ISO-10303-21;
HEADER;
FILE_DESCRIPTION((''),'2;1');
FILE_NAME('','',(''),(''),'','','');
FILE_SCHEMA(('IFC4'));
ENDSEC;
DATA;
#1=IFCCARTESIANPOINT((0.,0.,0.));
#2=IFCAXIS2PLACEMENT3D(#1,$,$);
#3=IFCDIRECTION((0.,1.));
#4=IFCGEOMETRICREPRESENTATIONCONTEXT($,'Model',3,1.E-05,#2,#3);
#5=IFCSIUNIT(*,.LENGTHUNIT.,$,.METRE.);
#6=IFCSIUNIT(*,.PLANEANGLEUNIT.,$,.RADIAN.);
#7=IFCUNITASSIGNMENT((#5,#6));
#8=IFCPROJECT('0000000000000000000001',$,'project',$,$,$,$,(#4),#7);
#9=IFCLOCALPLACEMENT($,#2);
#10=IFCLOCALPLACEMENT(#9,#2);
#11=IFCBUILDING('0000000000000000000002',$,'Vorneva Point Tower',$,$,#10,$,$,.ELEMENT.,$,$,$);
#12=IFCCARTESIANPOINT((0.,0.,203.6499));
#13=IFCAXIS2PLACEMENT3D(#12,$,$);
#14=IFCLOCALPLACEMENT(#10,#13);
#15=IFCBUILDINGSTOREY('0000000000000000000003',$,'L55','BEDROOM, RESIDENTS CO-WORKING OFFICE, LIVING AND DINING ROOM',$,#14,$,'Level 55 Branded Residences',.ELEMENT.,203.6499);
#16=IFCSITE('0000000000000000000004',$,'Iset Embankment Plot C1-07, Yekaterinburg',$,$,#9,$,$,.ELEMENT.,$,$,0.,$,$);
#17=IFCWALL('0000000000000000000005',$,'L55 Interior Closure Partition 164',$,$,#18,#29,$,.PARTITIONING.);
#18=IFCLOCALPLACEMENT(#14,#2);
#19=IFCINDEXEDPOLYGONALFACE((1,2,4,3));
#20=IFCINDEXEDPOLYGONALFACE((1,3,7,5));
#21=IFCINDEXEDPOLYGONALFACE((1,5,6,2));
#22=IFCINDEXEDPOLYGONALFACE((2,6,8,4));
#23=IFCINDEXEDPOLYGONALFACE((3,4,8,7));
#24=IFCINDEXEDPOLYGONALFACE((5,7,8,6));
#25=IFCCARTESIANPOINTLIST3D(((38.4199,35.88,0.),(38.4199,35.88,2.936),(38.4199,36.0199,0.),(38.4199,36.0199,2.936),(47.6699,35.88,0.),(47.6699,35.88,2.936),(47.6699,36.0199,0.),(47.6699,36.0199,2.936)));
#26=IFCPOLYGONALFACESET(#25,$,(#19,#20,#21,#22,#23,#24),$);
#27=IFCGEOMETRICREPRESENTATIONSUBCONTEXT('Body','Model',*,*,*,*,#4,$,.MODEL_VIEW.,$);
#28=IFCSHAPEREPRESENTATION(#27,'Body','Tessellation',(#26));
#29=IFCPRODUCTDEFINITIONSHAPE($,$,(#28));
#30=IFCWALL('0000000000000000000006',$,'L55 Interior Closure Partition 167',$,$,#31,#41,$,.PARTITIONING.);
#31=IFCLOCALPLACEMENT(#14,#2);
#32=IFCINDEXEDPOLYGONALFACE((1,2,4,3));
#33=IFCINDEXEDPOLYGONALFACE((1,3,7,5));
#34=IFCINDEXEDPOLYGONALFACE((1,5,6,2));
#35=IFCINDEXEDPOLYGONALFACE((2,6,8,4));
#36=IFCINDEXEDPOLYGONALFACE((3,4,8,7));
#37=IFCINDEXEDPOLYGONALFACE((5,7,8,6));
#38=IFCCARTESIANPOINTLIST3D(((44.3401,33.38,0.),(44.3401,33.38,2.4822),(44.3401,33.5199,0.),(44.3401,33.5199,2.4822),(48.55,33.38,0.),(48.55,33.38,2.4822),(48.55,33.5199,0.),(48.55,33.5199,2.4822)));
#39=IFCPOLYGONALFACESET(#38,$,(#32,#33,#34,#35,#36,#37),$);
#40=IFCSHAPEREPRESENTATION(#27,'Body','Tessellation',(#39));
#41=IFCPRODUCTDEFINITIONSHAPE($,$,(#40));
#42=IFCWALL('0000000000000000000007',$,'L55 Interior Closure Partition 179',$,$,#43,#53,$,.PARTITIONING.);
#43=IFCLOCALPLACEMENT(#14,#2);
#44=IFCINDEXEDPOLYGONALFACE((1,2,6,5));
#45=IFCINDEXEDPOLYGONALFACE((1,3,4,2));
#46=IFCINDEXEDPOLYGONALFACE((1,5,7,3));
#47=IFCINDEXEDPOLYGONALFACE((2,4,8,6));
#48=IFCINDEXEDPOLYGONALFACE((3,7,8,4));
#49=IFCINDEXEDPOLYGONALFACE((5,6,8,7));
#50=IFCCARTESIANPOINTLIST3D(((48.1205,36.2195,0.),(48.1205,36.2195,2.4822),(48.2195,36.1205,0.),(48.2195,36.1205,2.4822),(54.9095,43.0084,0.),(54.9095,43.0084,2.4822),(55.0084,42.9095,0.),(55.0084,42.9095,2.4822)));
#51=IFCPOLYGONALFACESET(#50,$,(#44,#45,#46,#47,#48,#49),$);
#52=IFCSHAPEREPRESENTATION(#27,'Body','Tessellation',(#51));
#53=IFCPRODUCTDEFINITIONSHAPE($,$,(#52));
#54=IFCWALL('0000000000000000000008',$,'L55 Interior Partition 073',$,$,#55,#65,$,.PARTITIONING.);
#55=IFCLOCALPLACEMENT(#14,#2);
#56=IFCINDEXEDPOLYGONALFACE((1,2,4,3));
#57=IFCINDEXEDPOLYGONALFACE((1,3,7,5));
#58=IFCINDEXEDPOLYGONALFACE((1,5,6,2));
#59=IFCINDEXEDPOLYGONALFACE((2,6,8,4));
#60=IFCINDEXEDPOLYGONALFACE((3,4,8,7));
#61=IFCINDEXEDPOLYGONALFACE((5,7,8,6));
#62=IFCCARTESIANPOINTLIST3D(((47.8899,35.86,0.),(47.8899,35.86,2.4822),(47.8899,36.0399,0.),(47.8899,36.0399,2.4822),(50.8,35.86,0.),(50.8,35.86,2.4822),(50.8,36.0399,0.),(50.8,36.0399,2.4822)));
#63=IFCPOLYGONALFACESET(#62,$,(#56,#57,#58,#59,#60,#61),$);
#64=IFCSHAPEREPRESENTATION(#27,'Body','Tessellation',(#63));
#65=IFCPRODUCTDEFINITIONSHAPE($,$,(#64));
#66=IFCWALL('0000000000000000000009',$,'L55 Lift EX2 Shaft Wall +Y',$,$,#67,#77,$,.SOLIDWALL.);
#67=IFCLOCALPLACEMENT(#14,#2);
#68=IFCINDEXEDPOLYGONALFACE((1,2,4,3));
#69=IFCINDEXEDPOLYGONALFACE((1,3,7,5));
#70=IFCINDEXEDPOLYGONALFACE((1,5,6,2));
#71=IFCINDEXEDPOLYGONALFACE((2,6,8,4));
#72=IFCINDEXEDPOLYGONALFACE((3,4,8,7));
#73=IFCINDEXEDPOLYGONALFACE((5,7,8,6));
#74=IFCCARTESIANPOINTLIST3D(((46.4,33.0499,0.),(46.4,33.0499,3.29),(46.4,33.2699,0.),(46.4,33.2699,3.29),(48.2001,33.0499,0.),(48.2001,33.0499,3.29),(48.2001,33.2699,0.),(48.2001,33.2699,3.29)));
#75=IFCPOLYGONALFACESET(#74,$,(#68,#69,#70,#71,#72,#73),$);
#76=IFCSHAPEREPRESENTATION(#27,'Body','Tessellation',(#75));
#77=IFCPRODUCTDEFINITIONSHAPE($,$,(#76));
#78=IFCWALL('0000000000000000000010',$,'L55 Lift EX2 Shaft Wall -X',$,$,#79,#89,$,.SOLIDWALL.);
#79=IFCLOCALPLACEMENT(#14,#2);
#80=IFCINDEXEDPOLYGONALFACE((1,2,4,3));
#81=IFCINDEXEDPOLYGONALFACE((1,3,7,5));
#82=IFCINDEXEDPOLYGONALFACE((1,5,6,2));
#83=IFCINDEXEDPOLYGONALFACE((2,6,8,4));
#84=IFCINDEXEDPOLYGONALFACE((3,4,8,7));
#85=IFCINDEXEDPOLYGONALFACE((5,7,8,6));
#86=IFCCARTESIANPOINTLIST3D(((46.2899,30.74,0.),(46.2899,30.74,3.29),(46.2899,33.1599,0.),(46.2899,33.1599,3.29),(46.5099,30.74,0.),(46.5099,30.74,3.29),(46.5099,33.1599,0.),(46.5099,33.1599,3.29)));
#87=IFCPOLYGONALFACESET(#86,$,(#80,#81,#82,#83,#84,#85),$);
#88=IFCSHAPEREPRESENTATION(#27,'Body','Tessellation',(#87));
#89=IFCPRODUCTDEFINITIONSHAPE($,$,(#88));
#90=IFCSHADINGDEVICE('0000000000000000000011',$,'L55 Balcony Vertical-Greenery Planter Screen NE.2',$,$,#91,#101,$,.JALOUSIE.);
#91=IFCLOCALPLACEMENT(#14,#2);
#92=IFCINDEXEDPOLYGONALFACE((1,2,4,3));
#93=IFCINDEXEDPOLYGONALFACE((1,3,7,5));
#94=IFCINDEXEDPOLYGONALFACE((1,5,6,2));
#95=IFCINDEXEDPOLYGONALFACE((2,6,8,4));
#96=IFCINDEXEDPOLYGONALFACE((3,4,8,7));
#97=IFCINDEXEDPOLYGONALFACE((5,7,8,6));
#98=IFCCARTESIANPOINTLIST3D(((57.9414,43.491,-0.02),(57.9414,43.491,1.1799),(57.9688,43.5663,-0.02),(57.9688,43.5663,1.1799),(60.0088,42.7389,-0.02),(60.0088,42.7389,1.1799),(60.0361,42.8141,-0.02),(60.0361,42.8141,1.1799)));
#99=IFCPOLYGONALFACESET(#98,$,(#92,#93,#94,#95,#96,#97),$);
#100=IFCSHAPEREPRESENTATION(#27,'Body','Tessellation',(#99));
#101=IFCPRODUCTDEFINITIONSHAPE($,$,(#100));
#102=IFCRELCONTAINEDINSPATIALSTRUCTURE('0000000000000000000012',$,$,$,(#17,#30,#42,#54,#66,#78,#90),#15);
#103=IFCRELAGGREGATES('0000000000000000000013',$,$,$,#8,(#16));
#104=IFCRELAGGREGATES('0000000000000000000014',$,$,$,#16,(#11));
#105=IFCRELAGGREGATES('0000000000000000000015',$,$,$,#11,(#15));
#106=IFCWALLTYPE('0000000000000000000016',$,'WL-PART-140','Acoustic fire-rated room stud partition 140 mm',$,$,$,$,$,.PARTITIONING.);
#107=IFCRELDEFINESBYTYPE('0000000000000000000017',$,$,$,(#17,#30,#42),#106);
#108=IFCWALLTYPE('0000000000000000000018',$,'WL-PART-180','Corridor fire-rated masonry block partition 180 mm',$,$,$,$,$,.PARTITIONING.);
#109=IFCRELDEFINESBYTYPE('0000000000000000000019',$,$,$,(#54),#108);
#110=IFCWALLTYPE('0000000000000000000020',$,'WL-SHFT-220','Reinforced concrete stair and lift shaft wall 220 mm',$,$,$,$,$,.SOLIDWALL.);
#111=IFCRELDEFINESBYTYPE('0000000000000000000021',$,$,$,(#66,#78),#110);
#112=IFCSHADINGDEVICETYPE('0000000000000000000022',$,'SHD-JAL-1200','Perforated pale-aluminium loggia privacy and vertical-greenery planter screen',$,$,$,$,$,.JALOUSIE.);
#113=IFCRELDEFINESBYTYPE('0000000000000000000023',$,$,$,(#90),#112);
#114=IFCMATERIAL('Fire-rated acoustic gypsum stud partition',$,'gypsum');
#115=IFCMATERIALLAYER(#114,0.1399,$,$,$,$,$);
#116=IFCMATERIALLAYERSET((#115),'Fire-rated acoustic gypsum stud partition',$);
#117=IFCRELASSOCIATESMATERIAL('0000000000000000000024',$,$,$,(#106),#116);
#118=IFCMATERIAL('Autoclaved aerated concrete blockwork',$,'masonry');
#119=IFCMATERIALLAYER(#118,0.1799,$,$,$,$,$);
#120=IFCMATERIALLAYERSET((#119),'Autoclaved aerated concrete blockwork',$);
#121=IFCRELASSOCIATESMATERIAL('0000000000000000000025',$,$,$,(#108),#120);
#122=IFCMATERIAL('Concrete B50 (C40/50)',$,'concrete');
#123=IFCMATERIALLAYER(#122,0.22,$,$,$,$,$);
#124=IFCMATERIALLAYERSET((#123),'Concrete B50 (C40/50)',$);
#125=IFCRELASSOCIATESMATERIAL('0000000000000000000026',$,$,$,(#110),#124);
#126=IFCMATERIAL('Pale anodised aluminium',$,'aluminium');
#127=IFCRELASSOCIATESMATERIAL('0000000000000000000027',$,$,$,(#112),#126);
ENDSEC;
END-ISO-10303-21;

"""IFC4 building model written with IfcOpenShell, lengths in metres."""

from ifc_helpers import new_model, si_unit, direction, frame, frame_2d, origin, origin_2d, place, context, subcontext, project, spatial, rectangle, extrude, material, layer, layer_set, type_object, element, save


model = new_model("IFC4")

# Units and contexts
model_context = context("Model", 3, precision=1e-05, world=origin(), true_north=direction((0.0, 1.0)))
body_context = subcontext(model_context, "Body", "Model", "MODEL_VIEW")
ifc_project = project(units=[si_unit("LENGTHUNIT", "METRE"), si_unit("PLANEANGLEUNIT", "RADIAN")], contexts=[model_context])

# Site, building, storey
site_placement = place(None, origin())
site = spatial("IfcSite", under=ifc_project, at=site_placement, Name="Iset Embankment Plot C1-07, Yekaterinburg", CompositionType="ELEMENT", RefElevation=0.0)
building_placement = place(site_placement, origin())
building = spatial("IfcBuilding", under=site, at=building_placement, Name="Vorneva Point Tower", CompositionType="ELEMENT")
storey_placement = place(building_placement, frame((0.0, 0.0, 203.6499)))
storey = spatial("IfcBuildingStorey", under=building, at=storey_placement, Name="L55", Description="BEDROOM, RESIDENTS CO-WORKING OFFICE, LIVING AND DINING ROOM", LongName="Level 55 Branded Residences", CompositionType="ELEMENT", Elevation=203.6499)

# Shared definitions
ifc_material_1 = material(Name="Concrete B50 (C40/50)", Category="concrete")

# Shared definitions
ifc_material_2 = material(Name="Pale anodised aluminium", Category="aluminium")

# Walls
ifc_material_3 = material(Name="Fire-rated acoustic gypsum stud partition", Category="gypsum")
ifc_layer_1 = layer(ifc_material_3, 0.1399)
ifc_layer_set_1 = layer_set([ifc_layer_1], Name="Fire-rated acoustic gypsum stud partition")
wall_type_1 = type_object("IfcWallType", Name="WL-PART-140", Description="Acoustic fire-rated room stud partition 140 mm", PredefinedType="PARTITIONING", material=ifc_layer_set_1)
wall_1_placement = place(storey_placement, frame((47.6699, 35.95, 0.0), z_axis=(0.0, 0.0, 1.0), x_axis=(-1.0, 0.0, 0.0)))
element("IfcWall", 1, at=wall_1_placement, inside=storey, type_object=wall_type_1, Name="L55 Interior Closure Partition 164", PredefinedType="PARTITIONING", context=body_context, shape_type="SweptSolid", body=[
    extrude(rectangle(XDim=9.25, YDim=0.1399, at=frame_2d((4.625, 0.0))), origin(), (0.0, 0.0, 1.0), 2.936),
])
wall_2_placement = place(storey_placement, frame((48.55, 33.45, 0.0), z_axis=(0.0, 0.0, 1.0), x_axis=(-1.0, 0.0, 0.0)))
element("IfcWall", 2, at=wall_2_placement, inside=storey, type_object=wall_type_1, Name="L55 Interior Closure Partition 167", PredefinedType="PARTITIONING", context=body_context, shape_type="SweptSolid", body=[
    extrude(rectangle(XDim=4.21, YDim=0.1399, at=frame_2d((2.105, 0.0))), origin(), (0.0, 0.0, 1.0), 2.4822),
])
wall_3_placement = place(storey_placement, frame((54.959, 42.959, 0.0), z_axis=(0.0, 0.0, 1.0), x_axis=(-0.707107, -0.707107, 0.0)))
element("IfcWall", 3, at=wall_3_placement, inside=storey, type_object=wall_type_1, Name="L55 Interior Closure Partition 179", PredefinedType="PARTITIONING", context=body_context, shape_type="SweptSolid", body=[
    extrude(rectangle(XDim=9.6011, YDim=0.1399, at=frame_2d((4.8005, 0.0))), origin(), (0.0, 0.0, 1.0), 2.4822),
])
ifc_material_4 = material(Name="Autoclaved aerated concrete blockwork", Category="masonry")
ifc_layer_2 = layer(ifc_material_4, 0.1799)
ifc_layer_set_2 = layer_set([ifc_layer_2], Name="Autoclaved aerated concrete blockwork")
wall_type_2 = type_object("IfcWallType", Name="WL-PART-180", Description="Corridor fire-rated masonry block partition 180 mm", PredefinedType="PARTITIONING", material=ifc_layer_set_2)
wall_4_placement = place(storey_placement, frame((50.8, 35.95, 0.0), z_axis=(0.0, 0.0, 1.0), x_axis=(-1.0, 0.0, 0.0)))
element("IfcWall", 4, at=wall_4_placement, inside=storey, type_object=wall_type_2, Name="L55 Interior Partition 073", PredefinedType="PARTITIONING", context=body_context, shape_type="SweptSolid", body=[
    extrude(rectangle(XDim=2.9102, YDim=0.1799, at=frame_2d((1.4551, 0.0))), origin(), (0.0, 0.0, 1.0), 2.4822),
])
ifc_layer_3 = layer(ifc_material_1, 0.22)
ifc_layer_set_3 = layer_set([ifc_layer_3], Name="Concrete B50 (C40/50)")
wall_type_3 = type_object("IfcWallType", Name="WL-SHFT-220", Description="Reinforced concrete stair and lift shaft wall 220 mm", PredefinedType="SOLIDWALL", material=ifc_layer_set_3)
wall_5_placement = place(storey_placement, frame((48.2, 33.1599, 0.0), z_axis=(0.0, 0.0, 1.0), x_axis=(-1.0, 0.0, 0.0)))
element("IfcWall", 5, at=wall_5_placement, inside=storey, type_object=wall_type_3, Name="L55 Lift EX2 Shaft Wall +Y", PredefinedType="SOLIDWALL", context=body_context, shape_type="SweptSolid", body=[
    extrude(rectangle(XDim=1.8, YDim=0.22, at=frame_2d((0.8999, 0.0))), origin(), (0.0, 0.0, 1.0), 3.29),
])
wall_6_placement = place(storey_placement, frame((46.3999, 33.1599, 0.0), z_axis=(0.0, 0.0, 1.0), x_axis=(0.0, -1.0, 0.0)))
element("IfcWall", 6, at=wall_6_placement, inside=storey, type_object=wall_type_3, Name="L55 Lift EX2 Shaft Wall -X", PredefinedType="SOLIDWALL", context=body_context, shape_type="SweptSolid", body=[
    extrude(rectangle(XDim=2.4199, YDim=0.22, at=frame_2d((1.21, 0.0))), origin(), (0.0, 0.0, 1.0), 3.29),
])

# Shading device
shading_device_type = type_object("IfcShadingDeviceType", Name="SHD-JAL-1200", Description="Perforated pale-aluminium loggia privacy and vertical-greenery planter screen", PredefinedType="JALOUSIE", material=ifc_material_2)
shading_device_placement = place(storey_placement, frame((58.9888, 43.1526, -0.02), z_axis=(0.0, 0.0, 1.0), x_axis=(-0.939734, 0.341905, 0.0)))
element("IfcShadingDevice", 7, at=shading_device_placement, inside=storey, type_object=shading_device_type, Name="L55 Balcony Vertical-Greenery Planter Screen NE.2", PredefinedType="JALOUSIE", context=body_context, shape_type="SweptSolid", body=[
    extrude(rectangle(XDim=2.2, YDim=0.0801, at=origin_2d()), origin(), (0.0, 0.0, 1.0), 1.2),
])

save(model, "model.ifc")
